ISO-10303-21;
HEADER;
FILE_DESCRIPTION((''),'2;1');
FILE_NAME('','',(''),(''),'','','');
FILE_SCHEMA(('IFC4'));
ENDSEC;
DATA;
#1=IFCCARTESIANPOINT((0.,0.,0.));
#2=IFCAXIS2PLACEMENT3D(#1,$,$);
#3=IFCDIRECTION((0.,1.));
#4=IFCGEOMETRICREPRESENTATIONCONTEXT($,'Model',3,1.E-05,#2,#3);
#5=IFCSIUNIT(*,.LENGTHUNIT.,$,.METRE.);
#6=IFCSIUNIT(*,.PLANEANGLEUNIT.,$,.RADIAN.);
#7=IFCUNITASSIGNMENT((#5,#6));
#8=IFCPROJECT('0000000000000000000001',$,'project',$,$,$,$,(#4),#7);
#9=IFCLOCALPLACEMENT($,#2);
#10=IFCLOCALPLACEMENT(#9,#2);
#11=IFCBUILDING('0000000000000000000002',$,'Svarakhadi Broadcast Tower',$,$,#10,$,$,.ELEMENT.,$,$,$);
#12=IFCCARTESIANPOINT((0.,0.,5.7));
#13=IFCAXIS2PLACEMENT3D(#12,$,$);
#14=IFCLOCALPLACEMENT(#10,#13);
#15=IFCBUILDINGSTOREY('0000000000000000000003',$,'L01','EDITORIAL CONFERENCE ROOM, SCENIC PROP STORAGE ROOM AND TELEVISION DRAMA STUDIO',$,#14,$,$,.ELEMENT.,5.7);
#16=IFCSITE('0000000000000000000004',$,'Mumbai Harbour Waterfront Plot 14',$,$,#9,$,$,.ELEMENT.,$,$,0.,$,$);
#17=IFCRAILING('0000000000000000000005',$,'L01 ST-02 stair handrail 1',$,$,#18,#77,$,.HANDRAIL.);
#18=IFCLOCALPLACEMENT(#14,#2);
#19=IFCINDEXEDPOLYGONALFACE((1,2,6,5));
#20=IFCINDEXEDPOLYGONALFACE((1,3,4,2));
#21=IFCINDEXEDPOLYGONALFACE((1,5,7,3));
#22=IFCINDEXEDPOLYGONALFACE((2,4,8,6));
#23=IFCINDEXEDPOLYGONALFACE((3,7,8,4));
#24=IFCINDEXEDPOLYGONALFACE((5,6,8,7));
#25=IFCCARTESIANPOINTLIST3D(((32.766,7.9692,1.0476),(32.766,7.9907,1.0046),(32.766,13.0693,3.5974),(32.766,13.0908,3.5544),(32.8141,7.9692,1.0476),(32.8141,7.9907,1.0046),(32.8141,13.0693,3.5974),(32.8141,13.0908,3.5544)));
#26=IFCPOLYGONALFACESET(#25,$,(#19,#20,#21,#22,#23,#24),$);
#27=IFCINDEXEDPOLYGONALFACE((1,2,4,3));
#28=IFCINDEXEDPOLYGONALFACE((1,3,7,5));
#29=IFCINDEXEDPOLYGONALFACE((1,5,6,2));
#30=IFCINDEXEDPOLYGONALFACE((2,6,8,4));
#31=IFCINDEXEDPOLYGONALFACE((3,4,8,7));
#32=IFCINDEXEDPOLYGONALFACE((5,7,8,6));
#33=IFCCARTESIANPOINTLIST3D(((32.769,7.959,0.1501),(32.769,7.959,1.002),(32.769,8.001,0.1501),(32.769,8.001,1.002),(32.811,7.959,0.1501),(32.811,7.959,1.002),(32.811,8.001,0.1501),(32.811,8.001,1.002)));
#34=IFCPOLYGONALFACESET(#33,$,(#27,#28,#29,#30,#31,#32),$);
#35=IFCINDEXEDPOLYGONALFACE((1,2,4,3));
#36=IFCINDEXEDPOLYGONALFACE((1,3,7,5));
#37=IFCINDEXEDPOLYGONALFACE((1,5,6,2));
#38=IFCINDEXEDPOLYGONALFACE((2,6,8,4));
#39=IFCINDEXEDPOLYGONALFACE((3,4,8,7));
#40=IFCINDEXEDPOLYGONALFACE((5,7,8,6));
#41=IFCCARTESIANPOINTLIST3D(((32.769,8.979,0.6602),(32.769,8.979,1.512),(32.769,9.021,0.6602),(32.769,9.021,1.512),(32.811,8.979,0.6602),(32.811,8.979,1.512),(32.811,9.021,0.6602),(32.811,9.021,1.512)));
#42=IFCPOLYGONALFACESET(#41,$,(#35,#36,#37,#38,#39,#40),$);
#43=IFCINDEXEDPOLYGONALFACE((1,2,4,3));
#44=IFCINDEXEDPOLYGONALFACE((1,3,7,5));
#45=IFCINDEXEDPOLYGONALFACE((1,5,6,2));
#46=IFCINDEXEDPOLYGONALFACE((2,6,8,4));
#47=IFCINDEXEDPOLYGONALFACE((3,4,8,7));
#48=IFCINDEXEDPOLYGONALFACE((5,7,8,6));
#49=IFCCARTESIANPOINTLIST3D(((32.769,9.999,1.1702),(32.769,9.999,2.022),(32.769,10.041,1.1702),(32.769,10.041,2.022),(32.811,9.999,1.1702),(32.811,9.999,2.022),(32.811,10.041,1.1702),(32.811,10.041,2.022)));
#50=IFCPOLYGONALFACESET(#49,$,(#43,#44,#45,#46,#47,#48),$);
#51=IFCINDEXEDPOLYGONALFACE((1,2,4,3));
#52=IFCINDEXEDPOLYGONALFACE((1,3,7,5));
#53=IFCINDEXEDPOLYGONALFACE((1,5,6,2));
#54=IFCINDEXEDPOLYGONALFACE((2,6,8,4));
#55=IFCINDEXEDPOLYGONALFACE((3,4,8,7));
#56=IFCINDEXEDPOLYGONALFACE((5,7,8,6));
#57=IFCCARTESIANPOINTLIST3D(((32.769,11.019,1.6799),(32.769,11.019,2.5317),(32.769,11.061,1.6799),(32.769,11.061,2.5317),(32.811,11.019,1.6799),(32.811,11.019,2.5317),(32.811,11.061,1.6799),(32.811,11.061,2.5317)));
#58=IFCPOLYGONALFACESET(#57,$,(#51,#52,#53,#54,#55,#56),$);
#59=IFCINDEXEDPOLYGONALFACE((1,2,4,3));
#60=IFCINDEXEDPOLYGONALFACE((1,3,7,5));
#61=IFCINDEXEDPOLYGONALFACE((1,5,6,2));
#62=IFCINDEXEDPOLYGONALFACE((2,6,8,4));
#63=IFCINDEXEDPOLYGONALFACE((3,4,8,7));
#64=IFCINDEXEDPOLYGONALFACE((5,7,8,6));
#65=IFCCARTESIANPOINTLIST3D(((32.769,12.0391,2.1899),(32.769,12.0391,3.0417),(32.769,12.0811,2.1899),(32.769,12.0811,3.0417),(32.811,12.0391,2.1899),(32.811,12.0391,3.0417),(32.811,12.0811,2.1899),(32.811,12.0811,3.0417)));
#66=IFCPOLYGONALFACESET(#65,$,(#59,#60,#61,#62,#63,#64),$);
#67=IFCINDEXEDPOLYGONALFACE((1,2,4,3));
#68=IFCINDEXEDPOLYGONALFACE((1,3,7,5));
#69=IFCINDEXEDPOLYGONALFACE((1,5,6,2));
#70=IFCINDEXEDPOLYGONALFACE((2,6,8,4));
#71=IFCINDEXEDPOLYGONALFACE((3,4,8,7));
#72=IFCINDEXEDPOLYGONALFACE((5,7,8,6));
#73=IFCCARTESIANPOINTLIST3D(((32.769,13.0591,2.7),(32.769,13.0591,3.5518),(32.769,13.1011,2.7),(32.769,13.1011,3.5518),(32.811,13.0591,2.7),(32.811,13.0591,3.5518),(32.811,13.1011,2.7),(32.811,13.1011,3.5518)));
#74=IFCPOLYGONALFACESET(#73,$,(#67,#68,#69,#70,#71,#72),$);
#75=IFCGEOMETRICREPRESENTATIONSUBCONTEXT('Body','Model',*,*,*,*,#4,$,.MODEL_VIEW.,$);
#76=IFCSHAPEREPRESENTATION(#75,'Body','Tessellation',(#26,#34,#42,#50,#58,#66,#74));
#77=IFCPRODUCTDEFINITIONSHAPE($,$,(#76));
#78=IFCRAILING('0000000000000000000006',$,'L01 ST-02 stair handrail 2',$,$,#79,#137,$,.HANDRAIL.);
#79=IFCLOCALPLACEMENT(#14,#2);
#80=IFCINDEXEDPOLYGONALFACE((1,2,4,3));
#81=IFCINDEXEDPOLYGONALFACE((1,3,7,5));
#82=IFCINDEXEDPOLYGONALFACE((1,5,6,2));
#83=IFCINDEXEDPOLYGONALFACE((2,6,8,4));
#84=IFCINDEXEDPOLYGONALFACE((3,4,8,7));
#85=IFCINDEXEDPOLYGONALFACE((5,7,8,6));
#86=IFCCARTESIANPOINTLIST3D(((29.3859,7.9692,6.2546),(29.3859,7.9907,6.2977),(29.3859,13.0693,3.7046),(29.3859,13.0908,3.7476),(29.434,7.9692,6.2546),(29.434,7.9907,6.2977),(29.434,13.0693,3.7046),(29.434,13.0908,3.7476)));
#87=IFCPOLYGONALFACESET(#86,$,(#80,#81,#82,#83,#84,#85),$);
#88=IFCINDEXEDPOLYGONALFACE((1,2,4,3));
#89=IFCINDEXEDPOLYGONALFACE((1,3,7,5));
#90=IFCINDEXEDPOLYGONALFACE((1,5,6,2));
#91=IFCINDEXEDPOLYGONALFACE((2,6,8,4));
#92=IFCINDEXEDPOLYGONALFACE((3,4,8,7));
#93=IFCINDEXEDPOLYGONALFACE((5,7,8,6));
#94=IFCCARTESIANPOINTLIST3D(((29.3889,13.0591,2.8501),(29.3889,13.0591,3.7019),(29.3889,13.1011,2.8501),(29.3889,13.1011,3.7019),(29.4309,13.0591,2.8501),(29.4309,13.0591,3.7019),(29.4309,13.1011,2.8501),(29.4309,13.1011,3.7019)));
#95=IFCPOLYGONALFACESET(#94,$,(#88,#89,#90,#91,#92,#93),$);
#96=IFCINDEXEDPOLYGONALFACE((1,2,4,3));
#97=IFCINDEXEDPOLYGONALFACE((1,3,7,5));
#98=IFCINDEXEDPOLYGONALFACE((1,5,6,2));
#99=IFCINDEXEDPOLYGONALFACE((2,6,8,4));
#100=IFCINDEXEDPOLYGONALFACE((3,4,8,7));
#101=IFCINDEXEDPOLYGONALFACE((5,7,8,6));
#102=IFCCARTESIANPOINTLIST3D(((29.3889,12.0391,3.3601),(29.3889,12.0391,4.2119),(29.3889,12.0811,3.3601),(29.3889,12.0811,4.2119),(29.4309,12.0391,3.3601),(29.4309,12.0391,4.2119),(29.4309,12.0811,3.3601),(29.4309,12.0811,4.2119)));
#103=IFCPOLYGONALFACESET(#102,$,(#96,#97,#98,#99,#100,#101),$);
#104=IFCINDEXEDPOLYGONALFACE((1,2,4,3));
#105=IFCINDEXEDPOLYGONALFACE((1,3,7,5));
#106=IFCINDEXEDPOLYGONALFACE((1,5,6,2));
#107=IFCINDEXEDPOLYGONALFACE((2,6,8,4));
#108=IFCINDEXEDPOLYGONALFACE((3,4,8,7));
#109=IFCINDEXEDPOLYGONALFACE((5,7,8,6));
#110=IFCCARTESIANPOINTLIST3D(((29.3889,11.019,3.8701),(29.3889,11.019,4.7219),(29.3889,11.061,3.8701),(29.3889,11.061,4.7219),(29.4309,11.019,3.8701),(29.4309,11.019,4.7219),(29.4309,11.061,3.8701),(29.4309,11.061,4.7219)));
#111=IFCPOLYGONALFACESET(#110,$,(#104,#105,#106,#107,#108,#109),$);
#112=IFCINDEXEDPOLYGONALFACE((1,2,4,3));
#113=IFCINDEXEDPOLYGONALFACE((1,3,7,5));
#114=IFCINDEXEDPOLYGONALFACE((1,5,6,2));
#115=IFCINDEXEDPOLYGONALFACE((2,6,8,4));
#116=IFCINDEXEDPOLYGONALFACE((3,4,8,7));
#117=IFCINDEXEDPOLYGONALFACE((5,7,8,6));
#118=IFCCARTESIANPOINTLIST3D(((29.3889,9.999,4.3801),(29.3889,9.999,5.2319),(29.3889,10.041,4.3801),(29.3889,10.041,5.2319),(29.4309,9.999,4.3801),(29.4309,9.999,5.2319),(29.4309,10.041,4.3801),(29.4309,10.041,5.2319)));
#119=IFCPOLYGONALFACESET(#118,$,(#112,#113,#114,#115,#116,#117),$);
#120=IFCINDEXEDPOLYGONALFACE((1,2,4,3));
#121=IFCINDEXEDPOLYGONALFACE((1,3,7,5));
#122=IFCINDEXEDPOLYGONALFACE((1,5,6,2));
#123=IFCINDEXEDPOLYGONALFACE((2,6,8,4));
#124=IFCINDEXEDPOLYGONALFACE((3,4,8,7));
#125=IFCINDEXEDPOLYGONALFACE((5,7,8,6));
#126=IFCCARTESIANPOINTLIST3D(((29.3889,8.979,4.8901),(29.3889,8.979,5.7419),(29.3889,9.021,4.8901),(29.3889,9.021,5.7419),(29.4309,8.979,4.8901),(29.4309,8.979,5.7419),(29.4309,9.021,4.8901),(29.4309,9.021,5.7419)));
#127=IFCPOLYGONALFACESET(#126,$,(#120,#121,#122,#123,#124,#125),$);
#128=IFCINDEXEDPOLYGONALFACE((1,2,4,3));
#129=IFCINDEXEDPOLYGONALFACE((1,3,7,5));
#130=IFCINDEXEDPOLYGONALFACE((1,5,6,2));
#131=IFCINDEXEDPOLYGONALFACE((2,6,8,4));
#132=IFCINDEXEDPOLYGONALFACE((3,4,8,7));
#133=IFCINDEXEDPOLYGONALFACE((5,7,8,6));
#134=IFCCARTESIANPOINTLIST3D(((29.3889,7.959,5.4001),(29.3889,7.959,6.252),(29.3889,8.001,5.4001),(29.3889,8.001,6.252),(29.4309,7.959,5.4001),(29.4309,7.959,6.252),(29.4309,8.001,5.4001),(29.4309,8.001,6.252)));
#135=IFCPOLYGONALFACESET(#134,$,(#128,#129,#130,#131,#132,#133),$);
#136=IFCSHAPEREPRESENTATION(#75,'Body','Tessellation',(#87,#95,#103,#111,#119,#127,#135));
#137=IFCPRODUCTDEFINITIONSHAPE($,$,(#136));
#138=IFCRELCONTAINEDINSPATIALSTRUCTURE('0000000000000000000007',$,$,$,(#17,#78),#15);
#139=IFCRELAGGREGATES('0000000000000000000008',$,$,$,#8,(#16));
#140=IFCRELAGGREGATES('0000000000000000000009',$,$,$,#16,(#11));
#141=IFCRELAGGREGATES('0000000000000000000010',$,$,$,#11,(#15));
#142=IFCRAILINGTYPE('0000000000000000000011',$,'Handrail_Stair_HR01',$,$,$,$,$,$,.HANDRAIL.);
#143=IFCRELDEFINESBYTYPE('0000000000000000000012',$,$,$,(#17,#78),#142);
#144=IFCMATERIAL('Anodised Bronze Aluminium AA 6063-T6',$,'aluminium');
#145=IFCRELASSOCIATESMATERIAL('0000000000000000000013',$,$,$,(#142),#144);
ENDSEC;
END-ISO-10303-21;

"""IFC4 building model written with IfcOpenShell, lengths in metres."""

from ifc_helpers import new_model, si_unit, direction, frame, origin, origin_2d, place, context, subcontext, project, spatial, rectangle, extrude, material, type_object, element, save


model = new_model("IFC4")

# Units and contexts
model_context = context("Model", 3, precision=1e-05, world=origin(), true_north=direction((0.0, 1.0)))
body_context = subcontext(model_context, "Body", "Model", "MODEL_VIEW")
ifc_project = project(units=[si_unit("LENGTHUNIT", "METRE"), si_unit("PLANEANGLEUNIT", "RADIAN")], contexts=[model_context])

# Site, building, storey
site_placement = place(None, origin())
site = spatial("IfcSite", under=ifc_project, at=site_placement, Name="Mumbai Harbour Waterfront Plot 14", CompositionType="ELEMENT", RefElevation=0.0)
building_placement = place(site_placement, origin())
building = spatial("IfcBuilding", under=site, at=building_placement, Name="Svarakhadi Broadcast Tower", CompositionType="ELEMENT")
storey_placement = place(building_placement, frame((0.0, 0.0, 5.7)))
storey = spatial("IfcBuildingStorey", under=building, at=storey_placement, Name="L01", Description="EDITORIAL CONFERENCE ROOM, SCENIC PROP STORAGE ROOM AND TELEVISION DRAMA STUDIO", CompositionType="ELEMENT", Elevation=5.7)

# Railings
ifc_material_1 = material(Name="Anodised Bronze Aluminium AA 6063-T6", Category="aluminium")
railing_type_1 = type_object("IfcRailingType", Name="Handrail_Stair_HR01", PredefinedType="HANDRAIL", material=ifc_material_1)
railing_1_placement = place(storey_placement, frame((32.79, 7.98, 0.1501)))
element("IfcRailing", 1, at=railing_1_placement, inside=storey, type_object=railing_type_1, Name="L01 ST-02 stair handrail 1", PredefinedType="HANDRAIL", context=body_context, shape_type="SweptSolid", body=[
    extrude(rectangle(XDim=0.0481, YDim=0.0481, at=origin_2d()), frame((0.0, 0.0, 0.876), z_axis=(0.0, 0.894444, 0.447179), x_axis=(-1.0, 0.0, 0.0)), (0.0, 0.0, 1.0), 5.7019),
    extrude(rectangle(XDim=0.042, YDim=0.042, at=origin_2d()), origin(), (0.0, 0.0, 1.0), 0.8518),
    extrude(rectangle(XDim=0.042, YDim=0.042, at=origin_2d()), frame((0.0, 1.02, 0.51)), (0.0, 0.0, 1.0), 0.8518),
    extrude(rectangle(XDim=0.042, YDim=0.042, at=origin_2d()), frame((0.0, 2.04, 1.02)), (0.0, 0.0, 1.0), 0.8518),
    extrude(rectangle(XDim=0.042, YDim=0.042, at=origin_2d()), frame((0.0, 3.0601, 1.5298)), (0.0, 0.0, 1.0), 0.8518),
    extrude(rectangle(XDim=0.042, YDim=0.042, at=origin_2d()), frame((0.0, 4.0801, 2.0398)), (0.0, 0.0, 1.0), 0.8518),
    extrude(rectangle(XDim=0.042, YDim=0.042, at=origin_2d()), frame((0.0, 5.1001, 2.5498)), (0.0, 0.0, 1.0), 0.8518),
])
railing_2_placement = place(storey_placement, frame((29.4099, 13.0801, 2.8501)))
element("IfcRailing", 2, at=railing_2_placement, inside=storey, type_object=railing_type_1, Name="L01 ST-02 stair handrail 2", PredefinedType="HANDRAIL", context=body_context, shape_type="SweptSolid", body=[
    extrude(rectangle(XDim=0.0481, YDim=0.0481, at=origin_2d()), frame((0.0, 0.0, 0.876), z_axis=(0.0, -0.894427, 0.447214), x_axis=(1.0, 0.0, 0.0)), (0.0, 0.0, 1.0), 5.7021),
    extrude(rectangle(XDim=0.042, YDim=0.042, at=origin_2d()), origin(), (0.0, 0.0, 1.0), 0.8518),
    extrude(rectangle(XDim=0.042, YDim=0.042, at=origin_2d()), frame((0.0, -1.02, 0.51)), (0.0, 0.0, 1.0), 0.8518),
    extrude(rectangle(XDim=0.042, YDim=0.042, at=origin_2d()), frame((0.0, -2.04, 1.02)), (0.0, 0.0, 1.0), 0.8518),
    extrude(rectangle(XDim=0.042, YDim=0.042, at=origin_2d()), frame((0.0, -3.0601, 1.53)), (0.0, 0.0, 1.0), 0.8518),
    extrude(rectangle(XDim=0.042, YDim=0.042, at=origin_2d()), frame((0.0, -4.0801, 2.04)), (0.0, 0.0, 1.0), 0.8518),
    extrude(rectangle(XDim=0.042, YDim=0.042, at=origin_2d()), frame((0.0, -5.1001, 2.55)), (0.0, 0.0, 1.0), 0.8518),
])

save(model, "model.ifc")
